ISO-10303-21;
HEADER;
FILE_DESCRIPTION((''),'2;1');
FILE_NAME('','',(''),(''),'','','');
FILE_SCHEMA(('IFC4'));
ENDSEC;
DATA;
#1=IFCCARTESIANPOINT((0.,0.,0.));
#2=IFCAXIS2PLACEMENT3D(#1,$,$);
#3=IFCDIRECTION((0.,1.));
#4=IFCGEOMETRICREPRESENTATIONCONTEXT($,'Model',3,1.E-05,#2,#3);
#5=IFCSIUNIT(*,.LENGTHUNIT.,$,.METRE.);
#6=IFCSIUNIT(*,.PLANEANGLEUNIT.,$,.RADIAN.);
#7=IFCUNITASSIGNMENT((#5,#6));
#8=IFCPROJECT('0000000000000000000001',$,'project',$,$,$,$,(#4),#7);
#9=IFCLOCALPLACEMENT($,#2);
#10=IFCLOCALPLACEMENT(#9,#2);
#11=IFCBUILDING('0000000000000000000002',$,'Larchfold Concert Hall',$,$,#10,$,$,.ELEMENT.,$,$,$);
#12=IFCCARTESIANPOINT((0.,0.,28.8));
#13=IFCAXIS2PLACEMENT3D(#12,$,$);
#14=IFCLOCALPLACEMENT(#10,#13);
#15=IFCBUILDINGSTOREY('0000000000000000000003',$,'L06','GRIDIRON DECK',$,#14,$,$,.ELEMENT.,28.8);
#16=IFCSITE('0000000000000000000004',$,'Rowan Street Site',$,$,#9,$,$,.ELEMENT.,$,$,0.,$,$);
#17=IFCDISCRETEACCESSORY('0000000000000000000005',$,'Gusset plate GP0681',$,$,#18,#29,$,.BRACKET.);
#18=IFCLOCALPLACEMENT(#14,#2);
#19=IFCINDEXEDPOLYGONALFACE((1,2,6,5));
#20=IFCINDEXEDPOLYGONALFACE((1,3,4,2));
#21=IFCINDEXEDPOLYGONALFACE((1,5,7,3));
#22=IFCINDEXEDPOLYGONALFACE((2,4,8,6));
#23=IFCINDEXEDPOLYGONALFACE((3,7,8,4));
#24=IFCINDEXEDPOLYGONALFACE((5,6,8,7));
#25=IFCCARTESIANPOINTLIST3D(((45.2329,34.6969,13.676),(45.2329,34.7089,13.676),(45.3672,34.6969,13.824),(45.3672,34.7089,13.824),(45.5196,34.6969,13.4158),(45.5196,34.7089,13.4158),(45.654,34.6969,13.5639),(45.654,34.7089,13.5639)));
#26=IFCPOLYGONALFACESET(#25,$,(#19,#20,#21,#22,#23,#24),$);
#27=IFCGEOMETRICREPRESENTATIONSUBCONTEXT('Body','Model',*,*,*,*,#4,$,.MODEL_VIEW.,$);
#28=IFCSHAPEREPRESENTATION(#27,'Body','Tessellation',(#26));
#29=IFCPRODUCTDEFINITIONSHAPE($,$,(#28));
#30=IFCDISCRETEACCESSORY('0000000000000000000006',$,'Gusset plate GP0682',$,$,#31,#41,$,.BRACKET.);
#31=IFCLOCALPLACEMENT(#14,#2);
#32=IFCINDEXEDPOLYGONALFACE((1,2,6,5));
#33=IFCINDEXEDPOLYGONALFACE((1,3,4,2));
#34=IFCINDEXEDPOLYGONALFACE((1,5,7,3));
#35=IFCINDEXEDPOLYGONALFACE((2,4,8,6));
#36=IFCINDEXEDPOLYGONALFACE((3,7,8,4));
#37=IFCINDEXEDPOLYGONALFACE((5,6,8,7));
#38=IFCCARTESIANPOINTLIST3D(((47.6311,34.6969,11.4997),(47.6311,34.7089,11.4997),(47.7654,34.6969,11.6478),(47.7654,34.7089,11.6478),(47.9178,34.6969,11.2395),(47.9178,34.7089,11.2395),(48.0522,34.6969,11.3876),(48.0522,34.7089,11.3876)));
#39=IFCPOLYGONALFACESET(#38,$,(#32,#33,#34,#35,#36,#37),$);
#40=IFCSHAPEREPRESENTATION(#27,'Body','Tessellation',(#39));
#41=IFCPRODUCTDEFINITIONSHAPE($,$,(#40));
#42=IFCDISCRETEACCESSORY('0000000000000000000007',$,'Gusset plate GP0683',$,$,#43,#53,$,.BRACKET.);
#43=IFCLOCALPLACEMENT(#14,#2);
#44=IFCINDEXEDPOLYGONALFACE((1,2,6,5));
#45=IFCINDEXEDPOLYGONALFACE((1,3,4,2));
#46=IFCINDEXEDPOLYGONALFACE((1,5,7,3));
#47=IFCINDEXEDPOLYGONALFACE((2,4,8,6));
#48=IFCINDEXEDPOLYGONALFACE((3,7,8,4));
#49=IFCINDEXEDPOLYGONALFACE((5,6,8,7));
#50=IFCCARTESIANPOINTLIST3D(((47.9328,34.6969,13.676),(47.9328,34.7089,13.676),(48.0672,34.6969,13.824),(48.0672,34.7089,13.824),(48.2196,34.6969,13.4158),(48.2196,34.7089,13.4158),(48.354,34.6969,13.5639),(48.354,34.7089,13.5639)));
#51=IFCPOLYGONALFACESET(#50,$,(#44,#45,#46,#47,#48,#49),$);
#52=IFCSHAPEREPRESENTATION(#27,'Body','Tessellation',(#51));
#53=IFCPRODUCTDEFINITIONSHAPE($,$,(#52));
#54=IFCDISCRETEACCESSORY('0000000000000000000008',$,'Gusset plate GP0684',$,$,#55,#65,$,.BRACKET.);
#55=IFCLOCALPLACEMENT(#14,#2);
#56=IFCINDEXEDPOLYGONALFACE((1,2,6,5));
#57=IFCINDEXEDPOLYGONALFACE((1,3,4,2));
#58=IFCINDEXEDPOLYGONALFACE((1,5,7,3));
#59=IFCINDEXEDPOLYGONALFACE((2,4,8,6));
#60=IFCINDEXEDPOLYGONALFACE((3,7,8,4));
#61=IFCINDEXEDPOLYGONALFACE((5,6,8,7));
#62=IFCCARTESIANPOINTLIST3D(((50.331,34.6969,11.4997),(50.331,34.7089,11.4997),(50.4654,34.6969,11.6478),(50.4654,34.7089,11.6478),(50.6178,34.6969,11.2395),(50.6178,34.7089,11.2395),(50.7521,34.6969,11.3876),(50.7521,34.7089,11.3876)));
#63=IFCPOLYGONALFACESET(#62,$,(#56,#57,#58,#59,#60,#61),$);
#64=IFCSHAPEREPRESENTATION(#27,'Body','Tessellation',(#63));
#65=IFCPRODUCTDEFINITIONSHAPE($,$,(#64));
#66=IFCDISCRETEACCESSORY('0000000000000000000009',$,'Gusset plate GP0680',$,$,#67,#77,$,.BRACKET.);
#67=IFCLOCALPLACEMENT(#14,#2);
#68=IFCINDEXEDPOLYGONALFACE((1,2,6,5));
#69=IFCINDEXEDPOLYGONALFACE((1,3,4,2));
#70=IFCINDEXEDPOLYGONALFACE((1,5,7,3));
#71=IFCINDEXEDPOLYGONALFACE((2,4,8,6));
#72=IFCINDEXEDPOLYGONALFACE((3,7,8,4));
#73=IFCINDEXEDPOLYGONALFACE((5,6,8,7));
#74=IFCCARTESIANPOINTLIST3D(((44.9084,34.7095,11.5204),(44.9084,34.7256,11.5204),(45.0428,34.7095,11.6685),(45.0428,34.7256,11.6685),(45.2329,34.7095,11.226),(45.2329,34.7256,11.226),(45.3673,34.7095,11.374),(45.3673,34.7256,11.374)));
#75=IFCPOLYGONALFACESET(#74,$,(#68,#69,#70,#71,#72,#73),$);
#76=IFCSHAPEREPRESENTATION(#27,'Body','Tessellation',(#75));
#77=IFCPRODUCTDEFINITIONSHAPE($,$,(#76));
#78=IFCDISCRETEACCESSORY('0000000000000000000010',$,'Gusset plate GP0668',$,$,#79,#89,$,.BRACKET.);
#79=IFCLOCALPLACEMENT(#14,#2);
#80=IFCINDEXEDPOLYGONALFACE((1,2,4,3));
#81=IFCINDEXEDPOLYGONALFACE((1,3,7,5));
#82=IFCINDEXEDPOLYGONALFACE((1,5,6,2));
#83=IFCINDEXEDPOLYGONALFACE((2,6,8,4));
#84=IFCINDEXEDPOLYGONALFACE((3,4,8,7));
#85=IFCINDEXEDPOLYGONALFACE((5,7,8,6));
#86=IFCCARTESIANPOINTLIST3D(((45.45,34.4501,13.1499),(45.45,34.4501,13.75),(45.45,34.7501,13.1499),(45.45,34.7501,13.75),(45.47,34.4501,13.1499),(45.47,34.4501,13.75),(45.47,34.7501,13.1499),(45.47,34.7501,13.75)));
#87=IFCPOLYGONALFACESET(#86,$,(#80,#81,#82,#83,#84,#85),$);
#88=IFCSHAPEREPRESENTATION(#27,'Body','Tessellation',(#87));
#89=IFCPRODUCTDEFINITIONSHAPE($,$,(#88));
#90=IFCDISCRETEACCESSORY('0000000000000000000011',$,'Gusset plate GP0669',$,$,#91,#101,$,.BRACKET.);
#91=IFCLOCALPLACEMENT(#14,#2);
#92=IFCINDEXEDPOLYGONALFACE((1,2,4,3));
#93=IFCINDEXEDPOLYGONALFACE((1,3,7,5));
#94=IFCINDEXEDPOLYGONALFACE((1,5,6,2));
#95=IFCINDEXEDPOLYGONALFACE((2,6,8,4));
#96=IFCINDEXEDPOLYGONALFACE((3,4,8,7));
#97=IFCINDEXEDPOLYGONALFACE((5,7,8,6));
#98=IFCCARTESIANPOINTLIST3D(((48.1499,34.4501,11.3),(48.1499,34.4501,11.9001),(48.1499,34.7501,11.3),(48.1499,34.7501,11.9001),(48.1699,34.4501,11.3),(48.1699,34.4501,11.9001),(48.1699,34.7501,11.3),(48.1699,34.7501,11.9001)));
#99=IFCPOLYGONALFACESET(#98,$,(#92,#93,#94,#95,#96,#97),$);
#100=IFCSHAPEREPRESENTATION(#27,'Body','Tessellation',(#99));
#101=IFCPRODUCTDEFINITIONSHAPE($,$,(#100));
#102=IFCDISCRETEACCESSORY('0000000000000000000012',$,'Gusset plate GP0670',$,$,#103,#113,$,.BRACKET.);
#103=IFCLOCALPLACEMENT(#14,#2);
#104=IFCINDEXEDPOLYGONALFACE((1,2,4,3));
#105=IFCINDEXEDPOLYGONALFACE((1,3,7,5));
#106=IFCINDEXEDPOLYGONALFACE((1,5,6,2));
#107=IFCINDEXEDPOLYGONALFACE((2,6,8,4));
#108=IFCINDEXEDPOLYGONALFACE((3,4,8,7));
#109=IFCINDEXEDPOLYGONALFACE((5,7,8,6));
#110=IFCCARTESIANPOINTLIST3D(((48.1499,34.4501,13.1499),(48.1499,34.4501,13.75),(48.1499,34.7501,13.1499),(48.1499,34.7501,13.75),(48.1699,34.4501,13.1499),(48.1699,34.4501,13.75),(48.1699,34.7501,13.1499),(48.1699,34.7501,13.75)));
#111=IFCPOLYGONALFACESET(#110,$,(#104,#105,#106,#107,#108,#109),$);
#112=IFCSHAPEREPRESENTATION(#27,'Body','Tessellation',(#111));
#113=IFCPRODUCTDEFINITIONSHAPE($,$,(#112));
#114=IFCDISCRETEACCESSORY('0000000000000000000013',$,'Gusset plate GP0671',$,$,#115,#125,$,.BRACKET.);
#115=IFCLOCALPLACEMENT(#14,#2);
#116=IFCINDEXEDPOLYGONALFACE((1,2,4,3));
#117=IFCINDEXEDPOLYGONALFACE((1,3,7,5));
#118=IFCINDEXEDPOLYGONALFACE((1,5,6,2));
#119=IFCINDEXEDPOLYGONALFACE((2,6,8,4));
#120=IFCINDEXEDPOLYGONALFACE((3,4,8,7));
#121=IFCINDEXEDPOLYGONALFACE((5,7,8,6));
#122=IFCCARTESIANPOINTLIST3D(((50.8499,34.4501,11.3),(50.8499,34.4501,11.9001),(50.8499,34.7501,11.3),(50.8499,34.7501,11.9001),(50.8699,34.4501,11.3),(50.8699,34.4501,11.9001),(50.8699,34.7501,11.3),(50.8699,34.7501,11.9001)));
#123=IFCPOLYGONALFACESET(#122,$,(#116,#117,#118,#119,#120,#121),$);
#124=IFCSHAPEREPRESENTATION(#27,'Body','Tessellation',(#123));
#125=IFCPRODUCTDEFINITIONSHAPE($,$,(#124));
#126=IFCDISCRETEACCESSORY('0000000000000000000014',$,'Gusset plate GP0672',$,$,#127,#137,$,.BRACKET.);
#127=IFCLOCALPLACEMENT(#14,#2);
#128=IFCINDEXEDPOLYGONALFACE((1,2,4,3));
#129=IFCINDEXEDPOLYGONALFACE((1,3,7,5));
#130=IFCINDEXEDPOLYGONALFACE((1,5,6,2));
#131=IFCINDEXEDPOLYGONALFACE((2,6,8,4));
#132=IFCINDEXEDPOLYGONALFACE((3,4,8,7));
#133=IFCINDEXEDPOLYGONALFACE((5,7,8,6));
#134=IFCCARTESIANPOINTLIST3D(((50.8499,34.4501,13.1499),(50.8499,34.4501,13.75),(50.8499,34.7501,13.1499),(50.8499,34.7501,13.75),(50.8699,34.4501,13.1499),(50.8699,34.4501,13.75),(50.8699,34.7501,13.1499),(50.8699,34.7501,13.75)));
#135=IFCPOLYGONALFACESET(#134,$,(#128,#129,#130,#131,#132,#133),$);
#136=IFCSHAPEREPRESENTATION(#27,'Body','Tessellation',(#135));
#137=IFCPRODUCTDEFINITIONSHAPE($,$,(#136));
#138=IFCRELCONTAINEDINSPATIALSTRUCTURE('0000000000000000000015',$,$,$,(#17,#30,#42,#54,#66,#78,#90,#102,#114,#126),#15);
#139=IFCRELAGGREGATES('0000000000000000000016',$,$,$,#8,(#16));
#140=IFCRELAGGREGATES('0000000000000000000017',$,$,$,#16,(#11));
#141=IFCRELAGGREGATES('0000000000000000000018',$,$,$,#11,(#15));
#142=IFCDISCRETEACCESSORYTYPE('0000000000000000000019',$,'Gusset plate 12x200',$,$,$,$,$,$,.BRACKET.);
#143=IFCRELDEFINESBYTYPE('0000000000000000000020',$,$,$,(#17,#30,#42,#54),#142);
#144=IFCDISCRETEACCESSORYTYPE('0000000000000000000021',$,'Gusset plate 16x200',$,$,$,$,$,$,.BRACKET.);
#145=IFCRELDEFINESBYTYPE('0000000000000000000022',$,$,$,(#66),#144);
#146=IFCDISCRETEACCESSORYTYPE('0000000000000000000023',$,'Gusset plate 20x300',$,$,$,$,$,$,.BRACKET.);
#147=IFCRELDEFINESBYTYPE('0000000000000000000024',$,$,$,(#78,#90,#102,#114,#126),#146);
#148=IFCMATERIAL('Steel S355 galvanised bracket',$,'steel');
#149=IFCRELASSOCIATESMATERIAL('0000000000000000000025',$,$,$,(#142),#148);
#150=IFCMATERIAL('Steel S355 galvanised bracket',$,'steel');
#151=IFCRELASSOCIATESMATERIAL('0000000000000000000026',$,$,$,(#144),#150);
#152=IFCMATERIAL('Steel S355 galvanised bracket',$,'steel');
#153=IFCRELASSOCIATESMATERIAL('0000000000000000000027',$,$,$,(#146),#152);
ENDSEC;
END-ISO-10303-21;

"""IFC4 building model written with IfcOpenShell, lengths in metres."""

from ifc_helpers import new_model, si_unit, direction, frame, origin, origin_2d, place, context, subcontext, project, spatial, rectangle, extrude, material, material_profile, profile_set, type_object, element, save


model = new_model("IFC4")

# Units and contexts
model_context = context("Model", 3, precision=1e-05, world=origin(), true_north=direction((0.0, 1.0)))
body_context = subcontext(model_context, "Body", "Model", "MODEL_VIEW")
ifc_project = project(units=[si_unit("LENGTHUNIT", "METRE"), si_unit("PLANEANGLEUNIT", "RADIAN")], contexts=[model_context])

# Site, building, storey
site_placement = place(None, origin())
site = spatial("IfcSite", under=ifc_project, at=site_placement, Name="Rowan Street Site", CompositionType="ELEMENT", RefElevation=0.0)
building_placement = place(site_placement, origin())
building = spatial("IfcBuilding", under=site, at=building_placement, Name="Larchfold Concert Hall", CompositionType="ELEMENT")
storey_placement = place(building_placement, frame((0.0, 0.0, 28.8)))
storey = spatial("IfcBuildingStorey", under=building, at=storey_placement, Name="L06", Description="GRIDIRON DECK", CompositionType="ELEMENT", Elevation=28.8)

# Discrete accessories
ifc_material_1 = material(Name="Steel S355 galvanised bracket", Category="steel")
ifc_material_profile_1 = material_profile(ifc_material_1, rectangle(XDim=0.012, YDim=0.2, at=origin_2d()))
ifc_profile_set_1 = profile_set([ifc_material_profile_1], Name="Steel S355 galvanised bracket")
discrete_accessory_type_1 = type_object("IfcDiscreteAccessoryType", Name="Gusset plate 12x200", PredefinedType="BRACKET", material=ifc_profile_set_1)
for number, where, z_axis, x_axis, name in (
    (1, (45.3, 34.7029, 13.75), (0.740624, 0.0, -0.671919), (0.0, 1.0, 0.0), "Gusset plate GP0681"),
    (2, (47.6982, 34.7029, 11.5737), (0.740624, 0.0, -0.671919), (0.0, 1.0, 0.0), "Gusset plate GP0682"),
    (3, (48.0, 34.7029, 13.75), (0.740624, 0.0, -0.671919), (0.0, 1.0, 0.0), "Gusset plate GP0683"),
    (4, (50.3982, 34.7029, 11.5737), (0.740624, 0.0, -0.671919), (0.0, 1.0, 0.0), "Gusset plate GP0684"),
):
    element("IfcDiscreteAccessory", number, at=place(storey_placement, frame(where, z_axis=z_axis, x_axis=x_axis)), inside=storey, type_object=discrete_accessory_type_1, Name=name, PredefinedType="BRACKET", context=body_context, shape_type="SweptSolid", body=[
        extrude(rectangle(XDim=0.012, YDim=0.2, at=origin_2d()), origin(), (0.0, 0.0, 1.0), 0.3872),
    ])
ifc_material_2 = material(Name="Steel S355 galvanised bracket", Category="steel")
ifc_material_profile_2 = material_profile(ifc_material_2, rectangle(XDim=0.0161, YDim=0.2, at=origin_2d()))
ifc_profile_set_2 = profile_set([ifc_material_profile_2], Name="Steel S355 galvanised bracket")
discrete_accessory_type_2 = type_object("IfcDiscreteAccessoryType", Name="Gusset plate 16x200", PredefinedType="BRACKET", material=ifc_profile_set_2)
discrete_accessory_placement = place(storey_placement, frame((44.9756, 34.7175, 11.5945), z_axis=(0.740545, 0.0, -0.672007), x_axis=(0.0, 1.0, 0.0)))
element("IfcDiscreteAccessory", 5, at=discrete_accessory_placement, inside=storey, type_object=discrete_accessory_type_2, Name="Gusset plate GP0680", PredefinedType="BRACKET", context=body_context, shape_type="SweptSolid", body=[
    extrude(rectangle(XDim=0.0161, YDim=0.2, at=origin_2d()), origin(), (0.0, 0.0, 1.0), 0.4382),
])
ifc_material_3 = material(Name="Steel S355 galvanised bracket", Category="steel")
ifc_material_profile_3 = material_profile(ifc_material_3, rectangle(XDim=0.02, YDim=0.3, at=origin_2d()))
ifc_profile_set_3 = profile_set([ifc_material_profile_3], Name="Steel S355 galvanised bracket")
discrete_accessory_type_3 = type_object("IfcDiscreteAccessoryType", Name="Gusset plate 20x300", PredefinedType="BRACKET", material=ifc_profile_set_3)
for number, where, z_axis, x_axis, name in (
    (6, (45.46, 34.6001, 13.1499), (0.0, 0.0, 1.0), (1.0, 0.0, 0.0), "Gusset plate GP0668"),
    (7, (48.1599, 34.6001, 11.3), (0.0, 0.0, 1.0), (1.0, 0.0, 0.0), "Gusset plate GP0669"),
    (8, (48.1599, 34.6001, 13.1499), (0.0, 0.0, 1.0), (1.0, 0.0, 0.0), "Gusset plate GP0670"),
    (9, (50.8599, 34.6001, 11.3), (0.0, 0.0, 1.0), (1.0, 0.0, 0.0), "Gusset plate GP0671"),
    (10, (50.8599, 34.6001, 13.1499), (0.0, 0.0, 1.0), (1.0, 0.0, 0.0), "Gusset plate GP0672"),
):
    element("IfcDiscreteAccessory", number, at=place(storey_placement, frame(where, z_axis=z_axis, x_axis=x_axis)), inside=storey, type_object=discrete_accessory_type_3, Name=name, PredefinedType="BRACKET", context=body_context, shape_type="SweptSolid", body=[
        extrude(rectangle(XDim=0.02, YDim=0.3, at=origin_2d()), origin(), (0.0, 0.0, 1.0), 0.6001),
    ])

save(model, "model.ifc")
